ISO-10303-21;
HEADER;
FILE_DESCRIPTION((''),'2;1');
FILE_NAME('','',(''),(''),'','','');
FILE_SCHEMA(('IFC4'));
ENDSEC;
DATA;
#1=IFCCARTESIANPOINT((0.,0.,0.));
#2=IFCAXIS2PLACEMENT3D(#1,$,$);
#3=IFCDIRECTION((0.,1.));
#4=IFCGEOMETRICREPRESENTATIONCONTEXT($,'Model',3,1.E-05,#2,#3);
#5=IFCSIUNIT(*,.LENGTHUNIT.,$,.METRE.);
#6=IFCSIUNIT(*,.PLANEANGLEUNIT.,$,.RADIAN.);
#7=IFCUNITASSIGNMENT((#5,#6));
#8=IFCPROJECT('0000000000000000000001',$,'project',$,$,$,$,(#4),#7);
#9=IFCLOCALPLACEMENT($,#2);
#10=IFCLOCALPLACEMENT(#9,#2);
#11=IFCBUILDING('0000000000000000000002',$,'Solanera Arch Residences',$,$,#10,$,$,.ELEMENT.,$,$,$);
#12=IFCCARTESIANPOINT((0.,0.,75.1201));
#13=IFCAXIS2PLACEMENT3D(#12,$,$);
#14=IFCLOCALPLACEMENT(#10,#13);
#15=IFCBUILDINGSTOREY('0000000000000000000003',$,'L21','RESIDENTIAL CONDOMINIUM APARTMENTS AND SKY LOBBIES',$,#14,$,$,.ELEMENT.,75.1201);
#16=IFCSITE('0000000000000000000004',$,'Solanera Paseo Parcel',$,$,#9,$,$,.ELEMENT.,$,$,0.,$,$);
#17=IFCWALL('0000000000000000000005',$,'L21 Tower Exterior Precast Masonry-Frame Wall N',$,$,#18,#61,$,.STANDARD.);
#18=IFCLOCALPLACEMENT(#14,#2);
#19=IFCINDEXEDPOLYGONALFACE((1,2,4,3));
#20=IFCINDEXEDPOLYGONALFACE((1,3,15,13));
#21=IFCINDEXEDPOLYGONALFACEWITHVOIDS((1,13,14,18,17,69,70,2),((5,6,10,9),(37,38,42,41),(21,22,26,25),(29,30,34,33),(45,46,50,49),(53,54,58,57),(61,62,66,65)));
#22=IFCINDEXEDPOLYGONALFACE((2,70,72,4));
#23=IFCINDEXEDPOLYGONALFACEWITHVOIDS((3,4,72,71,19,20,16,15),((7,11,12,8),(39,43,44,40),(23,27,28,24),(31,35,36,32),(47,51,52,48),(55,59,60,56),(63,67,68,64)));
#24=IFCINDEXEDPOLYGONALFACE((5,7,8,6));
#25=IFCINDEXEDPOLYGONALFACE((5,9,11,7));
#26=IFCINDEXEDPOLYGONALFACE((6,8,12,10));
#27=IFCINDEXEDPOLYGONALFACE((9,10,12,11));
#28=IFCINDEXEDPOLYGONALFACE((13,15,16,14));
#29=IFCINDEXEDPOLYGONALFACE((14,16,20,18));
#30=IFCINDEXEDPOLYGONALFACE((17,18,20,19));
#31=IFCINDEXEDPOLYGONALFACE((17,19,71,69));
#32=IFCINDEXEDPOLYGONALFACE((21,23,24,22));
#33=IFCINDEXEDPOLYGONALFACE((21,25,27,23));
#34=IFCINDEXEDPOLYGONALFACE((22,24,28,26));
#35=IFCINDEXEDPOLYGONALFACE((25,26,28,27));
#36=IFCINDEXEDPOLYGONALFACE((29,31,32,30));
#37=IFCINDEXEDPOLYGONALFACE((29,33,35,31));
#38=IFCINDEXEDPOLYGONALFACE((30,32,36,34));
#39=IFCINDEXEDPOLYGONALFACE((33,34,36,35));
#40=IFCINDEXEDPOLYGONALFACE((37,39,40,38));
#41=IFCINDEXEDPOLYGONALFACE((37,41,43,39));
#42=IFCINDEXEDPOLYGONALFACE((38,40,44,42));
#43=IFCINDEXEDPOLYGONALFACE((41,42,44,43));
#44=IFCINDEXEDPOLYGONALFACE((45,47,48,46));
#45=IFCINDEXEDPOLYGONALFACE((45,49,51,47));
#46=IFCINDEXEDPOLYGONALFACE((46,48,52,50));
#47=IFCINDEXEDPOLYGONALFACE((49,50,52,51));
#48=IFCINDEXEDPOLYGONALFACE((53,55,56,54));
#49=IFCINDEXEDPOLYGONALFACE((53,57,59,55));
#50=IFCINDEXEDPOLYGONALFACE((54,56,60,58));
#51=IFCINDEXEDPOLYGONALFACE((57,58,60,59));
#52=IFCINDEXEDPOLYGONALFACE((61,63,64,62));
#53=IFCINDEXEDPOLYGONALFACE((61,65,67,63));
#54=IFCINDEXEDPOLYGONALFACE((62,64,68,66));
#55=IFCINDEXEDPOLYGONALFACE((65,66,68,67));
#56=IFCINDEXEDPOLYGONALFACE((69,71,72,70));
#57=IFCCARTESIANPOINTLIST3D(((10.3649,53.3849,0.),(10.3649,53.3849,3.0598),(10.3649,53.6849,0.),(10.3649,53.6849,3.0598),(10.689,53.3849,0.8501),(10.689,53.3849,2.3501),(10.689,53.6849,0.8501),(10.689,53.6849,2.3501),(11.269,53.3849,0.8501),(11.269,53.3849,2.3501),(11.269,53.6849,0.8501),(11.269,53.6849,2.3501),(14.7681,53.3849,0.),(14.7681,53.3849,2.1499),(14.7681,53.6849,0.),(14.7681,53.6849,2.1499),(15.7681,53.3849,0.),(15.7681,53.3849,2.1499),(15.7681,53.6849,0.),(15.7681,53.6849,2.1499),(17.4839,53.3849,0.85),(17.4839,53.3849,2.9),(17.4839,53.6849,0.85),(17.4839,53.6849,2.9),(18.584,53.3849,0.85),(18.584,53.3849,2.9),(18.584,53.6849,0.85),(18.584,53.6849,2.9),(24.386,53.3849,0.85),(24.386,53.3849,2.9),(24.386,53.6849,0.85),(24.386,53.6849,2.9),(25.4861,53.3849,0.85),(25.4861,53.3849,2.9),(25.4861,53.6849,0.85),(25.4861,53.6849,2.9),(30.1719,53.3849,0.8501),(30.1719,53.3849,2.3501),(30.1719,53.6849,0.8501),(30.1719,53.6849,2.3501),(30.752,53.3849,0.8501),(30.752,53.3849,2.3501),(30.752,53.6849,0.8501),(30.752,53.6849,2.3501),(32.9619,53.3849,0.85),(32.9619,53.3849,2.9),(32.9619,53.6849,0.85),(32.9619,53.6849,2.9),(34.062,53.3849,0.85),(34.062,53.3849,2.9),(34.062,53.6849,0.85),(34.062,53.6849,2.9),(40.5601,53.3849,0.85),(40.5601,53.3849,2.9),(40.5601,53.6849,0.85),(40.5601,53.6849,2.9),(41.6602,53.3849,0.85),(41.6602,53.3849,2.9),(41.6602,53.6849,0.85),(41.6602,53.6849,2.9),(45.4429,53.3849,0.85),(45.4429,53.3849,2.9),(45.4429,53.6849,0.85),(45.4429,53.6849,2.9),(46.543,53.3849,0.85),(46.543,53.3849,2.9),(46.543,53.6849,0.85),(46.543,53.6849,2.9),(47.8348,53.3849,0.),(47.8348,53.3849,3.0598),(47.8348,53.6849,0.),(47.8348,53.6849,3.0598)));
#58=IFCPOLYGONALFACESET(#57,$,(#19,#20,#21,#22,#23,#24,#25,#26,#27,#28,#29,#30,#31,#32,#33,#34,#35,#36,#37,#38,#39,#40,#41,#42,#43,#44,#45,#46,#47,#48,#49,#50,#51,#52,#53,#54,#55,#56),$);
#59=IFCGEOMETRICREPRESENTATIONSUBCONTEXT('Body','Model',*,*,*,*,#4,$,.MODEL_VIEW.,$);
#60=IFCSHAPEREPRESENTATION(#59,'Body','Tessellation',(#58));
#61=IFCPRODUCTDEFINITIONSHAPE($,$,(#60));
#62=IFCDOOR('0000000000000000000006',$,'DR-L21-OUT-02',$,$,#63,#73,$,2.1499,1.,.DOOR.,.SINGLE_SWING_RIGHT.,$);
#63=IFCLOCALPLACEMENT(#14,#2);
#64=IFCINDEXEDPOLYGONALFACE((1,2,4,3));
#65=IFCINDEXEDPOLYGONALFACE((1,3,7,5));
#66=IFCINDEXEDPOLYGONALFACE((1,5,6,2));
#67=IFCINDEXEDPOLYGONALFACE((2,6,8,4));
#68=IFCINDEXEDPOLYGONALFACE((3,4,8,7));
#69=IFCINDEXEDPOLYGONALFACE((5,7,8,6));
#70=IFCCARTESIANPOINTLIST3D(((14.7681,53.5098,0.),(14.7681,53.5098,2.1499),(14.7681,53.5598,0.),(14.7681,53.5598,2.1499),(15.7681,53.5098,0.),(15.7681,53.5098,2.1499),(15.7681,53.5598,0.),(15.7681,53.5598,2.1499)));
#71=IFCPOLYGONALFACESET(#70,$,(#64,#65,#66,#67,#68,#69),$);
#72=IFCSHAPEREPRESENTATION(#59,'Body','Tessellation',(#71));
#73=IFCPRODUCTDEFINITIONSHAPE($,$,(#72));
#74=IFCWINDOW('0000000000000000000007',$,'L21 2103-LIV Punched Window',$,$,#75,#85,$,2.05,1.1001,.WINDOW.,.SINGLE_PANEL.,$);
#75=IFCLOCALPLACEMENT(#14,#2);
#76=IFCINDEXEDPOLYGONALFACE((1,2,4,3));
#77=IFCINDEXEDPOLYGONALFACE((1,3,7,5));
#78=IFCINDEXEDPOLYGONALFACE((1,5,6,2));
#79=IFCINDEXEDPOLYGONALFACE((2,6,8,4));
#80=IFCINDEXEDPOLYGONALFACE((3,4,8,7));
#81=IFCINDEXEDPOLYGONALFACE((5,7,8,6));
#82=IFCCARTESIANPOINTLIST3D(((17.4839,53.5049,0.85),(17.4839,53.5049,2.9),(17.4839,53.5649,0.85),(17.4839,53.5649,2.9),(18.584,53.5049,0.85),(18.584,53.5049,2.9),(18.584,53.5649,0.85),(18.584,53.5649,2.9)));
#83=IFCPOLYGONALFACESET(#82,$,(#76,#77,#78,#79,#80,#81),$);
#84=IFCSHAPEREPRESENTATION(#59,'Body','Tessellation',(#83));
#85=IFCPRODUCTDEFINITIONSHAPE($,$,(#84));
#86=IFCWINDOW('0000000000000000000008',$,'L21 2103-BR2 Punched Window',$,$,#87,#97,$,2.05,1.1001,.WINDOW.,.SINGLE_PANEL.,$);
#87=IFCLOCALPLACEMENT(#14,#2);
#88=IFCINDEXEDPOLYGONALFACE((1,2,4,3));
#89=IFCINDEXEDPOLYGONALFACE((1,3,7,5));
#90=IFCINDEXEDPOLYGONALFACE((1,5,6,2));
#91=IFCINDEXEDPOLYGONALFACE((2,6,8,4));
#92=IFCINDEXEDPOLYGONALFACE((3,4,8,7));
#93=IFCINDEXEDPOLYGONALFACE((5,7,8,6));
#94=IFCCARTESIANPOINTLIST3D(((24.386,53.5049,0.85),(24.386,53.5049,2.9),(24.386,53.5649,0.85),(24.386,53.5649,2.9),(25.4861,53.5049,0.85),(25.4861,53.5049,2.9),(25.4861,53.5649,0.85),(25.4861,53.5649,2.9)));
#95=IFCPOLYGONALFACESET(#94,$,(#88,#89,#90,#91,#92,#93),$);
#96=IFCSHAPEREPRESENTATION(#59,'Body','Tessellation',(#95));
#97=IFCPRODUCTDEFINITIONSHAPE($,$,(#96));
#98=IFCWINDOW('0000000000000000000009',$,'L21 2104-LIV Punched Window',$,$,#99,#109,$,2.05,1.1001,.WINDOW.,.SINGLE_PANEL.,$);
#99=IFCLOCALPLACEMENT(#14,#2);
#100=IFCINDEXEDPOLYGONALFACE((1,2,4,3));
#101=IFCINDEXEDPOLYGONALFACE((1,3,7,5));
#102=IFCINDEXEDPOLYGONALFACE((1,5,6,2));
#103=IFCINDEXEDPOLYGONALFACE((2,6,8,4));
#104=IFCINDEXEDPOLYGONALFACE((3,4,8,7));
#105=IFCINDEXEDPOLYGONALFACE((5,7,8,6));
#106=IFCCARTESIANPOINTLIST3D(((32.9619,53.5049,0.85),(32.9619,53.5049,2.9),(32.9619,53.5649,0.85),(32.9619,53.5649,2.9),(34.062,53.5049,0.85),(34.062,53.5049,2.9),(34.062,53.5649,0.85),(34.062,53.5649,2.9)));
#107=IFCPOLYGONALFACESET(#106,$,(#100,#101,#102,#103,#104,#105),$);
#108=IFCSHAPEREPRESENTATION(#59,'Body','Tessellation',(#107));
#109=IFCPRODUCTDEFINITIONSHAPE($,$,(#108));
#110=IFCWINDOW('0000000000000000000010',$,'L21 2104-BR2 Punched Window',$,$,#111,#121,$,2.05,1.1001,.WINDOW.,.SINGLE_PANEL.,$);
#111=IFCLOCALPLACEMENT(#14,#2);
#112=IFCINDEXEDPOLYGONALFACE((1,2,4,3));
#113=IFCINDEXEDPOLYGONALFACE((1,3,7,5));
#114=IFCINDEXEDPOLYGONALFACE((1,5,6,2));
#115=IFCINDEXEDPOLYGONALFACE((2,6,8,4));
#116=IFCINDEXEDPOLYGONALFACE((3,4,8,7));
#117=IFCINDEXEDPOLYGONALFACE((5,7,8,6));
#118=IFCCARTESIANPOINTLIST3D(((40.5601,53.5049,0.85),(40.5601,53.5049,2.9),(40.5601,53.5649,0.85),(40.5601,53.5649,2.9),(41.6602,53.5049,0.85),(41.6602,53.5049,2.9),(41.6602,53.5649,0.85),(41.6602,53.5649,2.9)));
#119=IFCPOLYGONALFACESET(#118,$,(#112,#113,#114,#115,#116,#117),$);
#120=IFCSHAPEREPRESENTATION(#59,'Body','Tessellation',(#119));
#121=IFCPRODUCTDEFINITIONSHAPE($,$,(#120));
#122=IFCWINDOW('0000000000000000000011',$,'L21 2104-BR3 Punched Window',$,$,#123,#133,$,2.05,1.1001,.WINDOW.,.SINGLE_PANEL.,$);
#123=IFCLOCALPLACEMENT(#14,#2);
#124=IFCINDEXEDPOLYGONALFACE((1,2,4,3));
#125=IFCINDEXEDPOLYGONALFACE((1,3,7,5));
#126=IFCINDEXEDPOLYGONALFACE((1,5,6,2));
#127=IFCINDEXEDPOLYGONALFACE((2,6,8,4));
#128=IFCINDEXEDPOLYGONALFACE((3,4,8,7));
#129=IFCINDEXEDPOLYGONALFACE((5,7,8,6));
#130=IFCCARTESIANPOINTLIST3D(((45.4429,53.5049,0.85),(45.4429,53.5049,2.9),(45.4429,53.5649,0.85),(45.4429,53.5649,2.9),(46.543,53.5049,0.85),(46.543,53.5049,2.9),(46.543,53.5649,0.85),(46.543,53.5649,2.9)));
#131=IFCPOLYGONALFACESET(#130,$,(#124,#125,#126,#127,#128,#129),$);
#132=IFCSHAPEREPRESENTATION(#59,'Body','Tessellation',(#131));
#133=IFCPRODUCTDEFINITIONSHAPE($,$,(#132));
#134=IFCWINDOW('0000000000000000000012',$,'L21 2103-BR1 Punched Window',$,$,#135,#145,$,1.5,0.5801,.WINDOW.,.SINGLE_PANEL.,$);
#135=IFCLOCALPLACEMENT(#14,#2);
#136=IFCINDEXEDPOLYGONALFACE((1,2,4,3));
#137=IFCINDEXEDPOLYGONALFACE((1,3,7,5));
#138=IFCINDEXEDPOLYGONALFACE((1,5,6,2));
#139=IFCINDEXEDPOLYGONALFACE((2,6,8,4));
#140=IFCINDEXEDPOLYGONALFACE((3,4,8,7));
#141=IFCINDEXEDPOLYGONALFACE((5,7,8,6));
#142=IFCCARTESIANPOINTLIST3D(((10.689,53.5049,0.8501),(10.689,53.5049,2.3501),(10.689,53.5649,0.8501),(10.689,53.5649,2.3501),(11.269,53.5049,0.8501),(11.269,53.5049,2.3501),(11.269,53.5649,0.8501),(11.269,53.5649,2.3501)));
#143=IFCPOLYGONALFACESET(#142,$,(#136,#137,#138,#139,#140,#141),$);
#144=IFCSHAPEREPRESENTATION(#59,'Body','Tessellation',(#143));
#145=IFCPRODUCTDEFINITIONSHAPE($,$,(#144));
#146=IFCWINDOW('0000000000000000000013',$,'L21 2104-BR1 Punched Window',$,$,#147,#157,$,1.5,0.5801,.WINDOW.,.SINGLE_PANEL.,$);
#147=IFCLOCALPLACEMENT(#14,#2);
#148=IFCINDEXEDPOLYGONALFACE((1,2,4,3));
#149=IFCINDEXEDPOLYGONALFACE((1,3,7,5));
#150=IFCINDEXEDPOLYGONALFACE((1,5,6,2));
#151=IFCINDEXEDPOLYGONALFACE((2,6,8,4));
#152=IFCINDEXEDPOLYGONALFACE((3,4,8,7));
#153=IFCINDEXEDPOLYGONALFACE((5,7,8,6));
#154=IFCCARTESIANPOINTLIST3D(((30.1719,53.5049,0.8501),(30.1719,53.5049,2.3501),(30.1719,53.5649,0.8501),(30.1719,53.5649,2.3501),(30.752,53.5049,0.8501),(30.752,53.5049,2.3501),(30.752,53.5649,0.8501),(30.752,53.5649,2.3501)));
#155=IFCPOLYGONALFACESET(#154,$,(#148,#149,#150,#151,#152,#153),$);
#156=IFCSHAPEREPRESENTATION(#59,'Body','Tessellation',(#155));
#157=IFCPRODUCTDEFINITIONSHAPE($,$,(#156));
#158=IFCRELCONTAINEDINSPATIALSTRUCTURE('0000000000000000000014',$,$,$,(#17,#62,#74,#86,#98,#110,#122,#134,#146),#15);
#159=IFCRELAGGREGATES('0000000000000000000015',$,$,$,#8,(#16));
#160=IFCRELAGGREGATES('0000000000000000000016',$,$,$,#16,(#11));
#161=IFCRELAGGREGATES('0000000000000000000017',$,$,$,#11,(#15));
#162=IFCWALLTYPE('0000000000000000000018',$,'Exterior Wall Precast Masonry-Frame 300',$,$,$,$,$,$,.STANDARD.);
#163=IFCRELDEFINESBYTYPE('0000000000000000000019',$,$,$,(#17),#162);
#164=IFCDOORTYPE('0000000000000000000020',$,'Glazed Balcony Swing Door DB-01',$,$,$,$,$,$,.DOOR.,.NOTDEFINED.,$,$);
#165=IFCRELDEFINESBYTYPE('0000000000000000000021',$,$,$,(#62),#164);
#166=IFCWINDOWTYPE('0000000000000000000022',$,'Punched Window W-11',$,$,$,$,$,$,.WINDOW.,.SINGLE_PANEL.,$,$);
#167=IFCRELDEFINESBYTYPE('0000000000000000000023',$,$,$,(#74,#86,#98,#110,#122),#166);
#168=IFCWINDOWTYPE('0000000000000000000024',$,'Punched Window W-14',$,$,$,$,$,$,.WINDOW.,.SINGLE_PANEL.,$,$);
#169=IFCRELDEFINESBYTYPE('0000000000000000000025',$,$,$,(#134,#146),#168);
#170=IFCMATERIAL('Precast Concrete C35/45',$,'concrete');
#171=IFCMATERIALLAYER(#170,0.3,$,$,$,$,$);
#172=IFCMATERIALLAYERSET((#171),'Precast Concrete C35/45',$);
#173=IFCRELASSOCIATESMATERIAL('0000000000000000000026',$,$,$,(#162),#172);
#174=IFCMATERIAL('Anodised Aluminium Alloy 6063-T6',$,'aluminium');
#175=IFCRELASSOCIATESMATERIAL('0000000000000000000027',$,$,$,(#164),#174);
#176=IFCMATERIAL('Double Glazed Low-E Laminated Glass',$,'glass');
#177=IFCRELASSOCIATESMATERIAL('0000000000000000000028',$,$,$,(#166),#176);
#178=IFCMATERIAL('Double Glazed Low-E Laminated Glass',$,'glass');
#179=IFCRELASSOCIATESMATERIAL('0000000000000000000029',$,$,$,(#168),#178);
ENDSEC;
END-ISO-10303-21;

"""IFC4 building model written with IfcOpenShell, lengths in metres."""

from ifc_helpers import new_model, si_unit, direction, frame, frame_2d, origin, place, context, subcontext, project, spatial, rectangle, extrude, material, layer, layer_set, type_object, element, fill, save


model = new_model("IFC4")

# Units and contexts
model_context = context("Model", 3, precision=1e-05, world=origin(), true_north=direction((0.0, 1.0)))
body_context = subcontext(model_context, "Body", "Model", "MODEL_VIEW")
ifc_project = project(units=[si_unit("LENGTHUNIT", "METRE"), si_unit("PLANEANGLEUNIT", "RADIAN")], contexts=[model_context])

# Site, building, storey
site_placement = place(None, origin())
site = spatial("IfcSite", under=ifc_project, at=site_placement, Name="Solanera Paseo Parcel", CompositionType="ELEMENT", RefElevation=0.0)
building_placement = place(site_placement, origin())
building = spatial("IfcBuilding", under=site, at=building_placement, Name="Solanera Arch Residences", CompositionType="ELEMENT")
storey_placement = place(building_placement, frame((0.0, 0.0, 75.1201)))
storey = spatial("IfcBuildingStorey", under=building, at=storey_placement, Name="L21", Description="RESIDENTIAL CONDOMINIUM APARTMENTS AND SKY LOBBIES", CompositionType="ELEMENT", Elevation=75.1201)

# Shared definitions
ifc_material_1 = material(Name="Precast Concrete C35/45", Category="concrete")
ifc_layer_1 = layer(ifc_material_1, 0.3)
ifc_layer_set_1 = layer_set([ifc_layer_1], Name="Precast Concrete C35/45")
wall_type_1 = type_object("IfcWallType", Name="Exterior Wall Precast Masonry-Frame 300", PredefinedType="STANDARD", material=ifc_layer_set_1)

# Wall, openings, door, windows
wall_1_placement = place(storey_placement, frame((10.365, 53.5349, 0.0), z_axis=(0.0, 0.0, 1.0), x_axis=(1.0, 0.0, 0.0)))
wall_1 = element("IfcWall", 1, at=wall_1_placement, inside=storey, type_object=wall_type_1, Name="L21 Tower Exterior Precast Masonry-Frame Wall N", PredefinedType="STANDARD", context=body_context, shape_type="SweptSolid", body=[
    extrude(rectangle(XDim=37.47, YDim=0.3, at=frame_2d((18.7349, 0.0))), origin(), (0.0, 0.0, 1.0), 3.0598),
])
opening_1_placement = place(wall_1_placement, frame((4.4031, 0.0, 0.0)))
opening_1 = element("IfcOpeningElement", 2, at=opening_1_placement, cuts=wall_1, PredefinedType="OPENING", context=body_context, shape_type="SweptSolid", body=[
    extrude(rectangle(XDim=1.0, YDim=2.1499, at=frame_2d((0.5, 1.075))), frame((0.0, 0.1599, 0.0), z_axis=(0.0, -1.0, 0.0), x_axis=(1.0, 0.0, 0.0)), (0.0, 0.0, 1.0), 0.32),
])
opening_2_placement = place(wall_1_placement, frame((7.1189, 0.0, 0.8501)))
opening_2 = element("IfcOpeningElement", 3, at=opening_2_placement, cuts=wall_1, PredefinedType="OPENING", context=body_context, shape_type="SweptSolid", body=[
    extrude(rectangle(XDim=1.1001, YDim=2.05, at=frame_2d((0.55, 1.0249))), frame((0.0, 0.1599, 0.0), z_axis=(0.0, -1.0, 0.0), x_axis=(1.0, 0.0, 0.0)), (0.0, 0.0, 1.0), 0.32),
])
opening_3_placement = place(wall_1_placement, frame((0.324, 0.0, 0.8501)))
opening_3 = element("IfcOpeningElement", 4, at=opening_3_placement, cuts=wall_1, PredefinedType="OPENING", context=body_context, shape_type="SweptSolid", body=[
    extrude(rectangle(XDim=0.5801, YDim=1.5, at=frame_2d((0.29, 0.75))), frame((0.0, 0.1599, 0.0), z_axis=(0.0, -1.0, 0.0), x_axis=(1.0, 0.0, 0.0)), (0.0, 0.0, 1.0), 0.32),
])
opening_4_placement = place(wall_1_placement, frame((14.021, 0.0, 0.8501)))
opening_4 = element("IfcOpeningElement", 5, at=opening_4_placement, cuts=wall_1, PredefinedType="OPENING", context=body_context, shape_type="SweptSolid", body=[
    extrude(rectangle(XDim=1.1001, YDim=2.05, at=frame_2d((0.55, 1.0249))), frame((0.0, 0.1599, 0.0), z_axis=(0.0, -1.0, 0.0), x_axis=(1.0, 0.0, 0.0)), (0.0, 0.0, 1.0), 0.32),
])
opening_5_placement = place(wall_1_placement, frame((22.5969, 0.0, 0.8501)))
opening_5 = element("IfcOpeningElement", 6, at=opening_5_placement, cuts=wall_1, PredefinedType="OPENING", context=body_context, shape_type="SweptSolid", body=[
    extrude(rectangle(XDim=1.1001, YDim=2.05, at=frame_2d((0.55, 1.0249))), frame((0.0, 0.1599, 0.0), z_axis=(0.0, -1.0, 0.0), x_axis=(1.0, 0.0, 0.0)), (0.0, 0.0, 1.0), 0.32),
])
opening_6_placement = place(wall_1_placement, frame((19.8069, 0.0, 0.8501)))
opening_6 = element("IfcOpeningElement", 7, at=opening_6_placement, cuts=wall_1, PredefinedType="OPENING", context=body_context, shape_type="SweptSolid", body=[
    extrude(rectangle(XDim=0.5801, YDim=1.5, at=frame_2d((0.29, 0.75))), frame((0.0, 0.1599, 0.0), z_axis=(0.0, -1.0, 0.0), x_axis=(1.0, 0.0, 0.0)), (0.0, 0.0, 1.0), 0.32),
])
opening_7_placement = place(wall_1_placement, frame((30.1951, 0.0, 0.8501)))
opening_7 = element("IfcOpeningElement", 8, at=opening_7_placement, cuts=wall_1, PredefinedType="OPENING", context=body_context, shape_type="SweptSolid", body=[
    extrude(rectangle(XDim=1.1001, YDim=2.05, at=frame_2d((0.55, 1.0249))), frame((0.0, 0.1599, 0.0), z_axis=(0.0, -1.0, 0.0), x_axis=(1.0, 0.0, 0.0)), (0.0, 0.0, 1.0), 0.32),
])
opening_8_placement = place(wall_1_placement, frame((35.0779, 0.0, 0.8501)))
opening_8 = element("IfcOpeningElement", 9, at=opening_8_placement, cuts=wall_1, PredefinedType="OPENING", context=body_context, shape_type="SweptSolid", body=[
    extrude(rectangle(XDim=1.1001, YDim=2.05, at=frame_2d((0.55, 1.0249))), frame((0.0, 0.1599, 0.0), z_axis=(0.0, -1.0, 0.0), x_axis=(1.0, 0.0, 0.0)), (0.0, 0.0, 1.0), 0.32),
])
ifc_material_2 = material(Name="Anodised Aluminium Alloy 6063-T6", Category="aluminium")
door_type_1 = type_object("IfcDoorType", Name="Glazed Balcony Swing Door DB-01", OperationType="NOTDEFINED", PredefinedType="DOOR", material=ifc_material_2)
door_1_placement = place(opening_1_placement, origin())
door_1 = element("IfcDoor", 10, at=door_1_placement, inside=storey, type_object=door_type_1, Name="DR-L21-OUT-02", OperationType="SINGLE_SWING_RIGHT", OverallHeight=2.1499, OverallWidth=1.0, PredefinedType="DOOR", context=body_context, shape_type="SweptSolid", body=[
    extrude(rectangle(XDim=1.0, YDim=2.1499, at=frame_2d((0.5, 1.075))), frame((0.0, 0.0249, 0.0), z_axis=(0.0, -1.0, 0.0), x_axis=(1.0, 0.0, 0.0)), (0.0, 0.0, 1.0), 0.05),
])
fill(opening_1, door_1)
ifc_material_3 = material(Name="Double Glazed Low-E Laminated Glass", Category="glass")
window_type_1 = type_object("IfcWindowType", Name="Punched Window W-11", PartitioningType="SINGLE_PANEL", PredefinedType="WINDOW", material=ifc_material_3)
window_1_placement = place(opening_2_placement, origin())
window_1 = element("IfcWindow", 11, at=window_1_placement, inside=storey, type_object=window_type_1, Name="L21 2103-LIV Punched Window", OverallHeight=2.05, OverallWidth=1.1001, PartitioningType="SINGLE_PANEL", PredefinedType="WINDOW", context=body_context, shape_type="SweptSolid", body=[
    extrude(rectangle(XDim=1.1001, YDim=2.05, at=frame_2d((0.55, 1.0249))), frame((0.0, 0.03, 0.0), z_axis=(0.0, -1.0, 0.0), x_axis=(1.0, 0.0, 0.0)), (0.0, 0.0, 1.0), 0.0601),
])
fill(opening_2, window_1)
window_2_placement = place(opening_4_placement, origin())
window_2 = element("IfcWindow", 12, at=window_2_placement, inside=storey, type_object=window_type_1, Name="L21 2103-BR2 Punched Window", OverallHeight=2.05, OverallWidth=1.1001, PartitioningType="SINGLE_PANEL", PredefinedType="WINDOW", context=body_context, shape_type="SweptSolid", body=[
    extrude(rectangle(XDim=1.1001, YDim=2.05, at=frame_2d((0.55, 1.0249))), frame((0.0, 0.03, 0.0), z_axis=(0.0, -1.0, 0.0), x_axis=(1.0, 0.0, 0.0)), (0.0, 0.0, 1.0), 0.0601),
])
fill(opening_4, window_2)
window_3_placement = place(opening_5_placement, origin())
window_3 = element("IfcWindow", 13, at=window_3_placement, inside=storey, type_object=window_type_1, Name="L21 2104-LIV Punched Window", OverallHeight=2.05, OverallWidth=1.1001, PartitioningType="SINGLE_PANEL", PredefinedType="WINDOW", context=body_context, shape_type="SweptSolid", body=[
    extrude(rectangle(XDim=1.1001, YDim=2.05, at=frame_2d((0.55, 1.0249))), frame((0.0, 0.03, 0.0), z_axis=(0.0, -1.0, 0.0), x_axis=(1.0, 0.0, 0.0)), (0.0, 0.0, 1.0), 0.0601),
])
fill(opening_5, window_3)
window_4_placement = place(opening_7_placement, origin())
window_4 = element("IfcWindow", 14, at=window_4_placement, inside=storey, type_object=window_type_1, Name="L21 2104-BR2 Punched Window", OverallHeight=2.05, OverallWidth=1.1001, PartitioningType="SINGLE_PANEL", PredefinedType="WINDOW", context=body_context, shape_type="SweptSolid", body=[
    extrude(rectangle(XDim=1.1001, YDim=2.05, at=frame_2d((0.55, 1.0249))), frame((0.0, 0.03, 0.0), z_axis=(0.0, -1.0, 0.0), x_axis=(1.0, 0.0, 0.0)), (0.0, 0.0, 1.0), 0.0601),
])
fill(opening_7, window_4)
window_5_placement = place(opening_8_placement, origin())
window_5 = element("IfcWindow", 15, at=window_5_placement, inside=storey, type_object=window_type_1, Name="L21 2104-BR3 Punched Window", OverallHeight=2.05, OverallWidth=1.1001, PartitioningType="SINGLE_PANEL", PredefinedType="WINDOW", context=body_context, shape_type="SweptSolid", body=[
    extrude(rectangle(XDim=1.1001, YDim=2.05, at=frame_2d((0.55, 1.0249))), frame((0.0, 0.03, 0.0), z_axis=(0.0, -1.0, 0.0), x_axis=(1.0, 0.0, 0.0)), (0.0, 0.0, 1.0), 0.0601),
])
fill(opening_8, window_5)
ifc_material_4 = material(Name="Double Glazed Low-E Laminated Glass", Category="glass")
window_type_2 = type_object("IfcWindowType", Name="Punched Window W-14", PartitioningType="SINGLE_PANEL", PredefinedType="WINDOW", material=ifc_material_4)
window_6_placement = place(opening_3_placement, origin())
window_6 = element("IfcWindow", 16, at=window_6_placement, inside=storey, type_object=window_type_2, Name="L21 2103-BR1 Punched Window", OverallHeight=1.5, OverallWidth=0.5801, PartitioningType="SINGLE_PANEL", PredefinedType="WINDOW", context=body_context, shape_type="SweptSolid", body=[
    extrude(rectangle(XDim=0.5801, YDim=1.5, at=frame_2d((0.29, 0.75))), frame((0.0, 0.03, 0.0), z_axis=(0.0, -1.0, 0.0), x_axis=(1.0, 0.0, 0.0)), (0.0, 0.0, 1.0), 0.0601),
])
fill(opening_3, window_6)
window_7_placement = place(opening_6_placement, origin())
window_7 = element("IfcWindow", 17, at=window_7_placement, inside=storey, type_object=window_type_2, Name="L21 2104-BR1 Punched Window", OverallHeight=1.5, OverallWidth=0.5801, PartitioningType="SINGLE_PANEL", PredefinedType="WINDOW", context=body_context, shape_type="SweptSolid", body=[
    extrude(rectangle(XDim=0.5801, YDim=1.5, at=frame_2d((0.29, 0.75))), frame((0.0, 0.03, 0.0), z_axis=(0.0, -1.0, 0.0), x_axis=(1.0, 0.0, 0.0)), (0.0, 0.0, 1.0), 0.0601),
])
fill(opening_6, window_7)

save(model, "model.ifc")
